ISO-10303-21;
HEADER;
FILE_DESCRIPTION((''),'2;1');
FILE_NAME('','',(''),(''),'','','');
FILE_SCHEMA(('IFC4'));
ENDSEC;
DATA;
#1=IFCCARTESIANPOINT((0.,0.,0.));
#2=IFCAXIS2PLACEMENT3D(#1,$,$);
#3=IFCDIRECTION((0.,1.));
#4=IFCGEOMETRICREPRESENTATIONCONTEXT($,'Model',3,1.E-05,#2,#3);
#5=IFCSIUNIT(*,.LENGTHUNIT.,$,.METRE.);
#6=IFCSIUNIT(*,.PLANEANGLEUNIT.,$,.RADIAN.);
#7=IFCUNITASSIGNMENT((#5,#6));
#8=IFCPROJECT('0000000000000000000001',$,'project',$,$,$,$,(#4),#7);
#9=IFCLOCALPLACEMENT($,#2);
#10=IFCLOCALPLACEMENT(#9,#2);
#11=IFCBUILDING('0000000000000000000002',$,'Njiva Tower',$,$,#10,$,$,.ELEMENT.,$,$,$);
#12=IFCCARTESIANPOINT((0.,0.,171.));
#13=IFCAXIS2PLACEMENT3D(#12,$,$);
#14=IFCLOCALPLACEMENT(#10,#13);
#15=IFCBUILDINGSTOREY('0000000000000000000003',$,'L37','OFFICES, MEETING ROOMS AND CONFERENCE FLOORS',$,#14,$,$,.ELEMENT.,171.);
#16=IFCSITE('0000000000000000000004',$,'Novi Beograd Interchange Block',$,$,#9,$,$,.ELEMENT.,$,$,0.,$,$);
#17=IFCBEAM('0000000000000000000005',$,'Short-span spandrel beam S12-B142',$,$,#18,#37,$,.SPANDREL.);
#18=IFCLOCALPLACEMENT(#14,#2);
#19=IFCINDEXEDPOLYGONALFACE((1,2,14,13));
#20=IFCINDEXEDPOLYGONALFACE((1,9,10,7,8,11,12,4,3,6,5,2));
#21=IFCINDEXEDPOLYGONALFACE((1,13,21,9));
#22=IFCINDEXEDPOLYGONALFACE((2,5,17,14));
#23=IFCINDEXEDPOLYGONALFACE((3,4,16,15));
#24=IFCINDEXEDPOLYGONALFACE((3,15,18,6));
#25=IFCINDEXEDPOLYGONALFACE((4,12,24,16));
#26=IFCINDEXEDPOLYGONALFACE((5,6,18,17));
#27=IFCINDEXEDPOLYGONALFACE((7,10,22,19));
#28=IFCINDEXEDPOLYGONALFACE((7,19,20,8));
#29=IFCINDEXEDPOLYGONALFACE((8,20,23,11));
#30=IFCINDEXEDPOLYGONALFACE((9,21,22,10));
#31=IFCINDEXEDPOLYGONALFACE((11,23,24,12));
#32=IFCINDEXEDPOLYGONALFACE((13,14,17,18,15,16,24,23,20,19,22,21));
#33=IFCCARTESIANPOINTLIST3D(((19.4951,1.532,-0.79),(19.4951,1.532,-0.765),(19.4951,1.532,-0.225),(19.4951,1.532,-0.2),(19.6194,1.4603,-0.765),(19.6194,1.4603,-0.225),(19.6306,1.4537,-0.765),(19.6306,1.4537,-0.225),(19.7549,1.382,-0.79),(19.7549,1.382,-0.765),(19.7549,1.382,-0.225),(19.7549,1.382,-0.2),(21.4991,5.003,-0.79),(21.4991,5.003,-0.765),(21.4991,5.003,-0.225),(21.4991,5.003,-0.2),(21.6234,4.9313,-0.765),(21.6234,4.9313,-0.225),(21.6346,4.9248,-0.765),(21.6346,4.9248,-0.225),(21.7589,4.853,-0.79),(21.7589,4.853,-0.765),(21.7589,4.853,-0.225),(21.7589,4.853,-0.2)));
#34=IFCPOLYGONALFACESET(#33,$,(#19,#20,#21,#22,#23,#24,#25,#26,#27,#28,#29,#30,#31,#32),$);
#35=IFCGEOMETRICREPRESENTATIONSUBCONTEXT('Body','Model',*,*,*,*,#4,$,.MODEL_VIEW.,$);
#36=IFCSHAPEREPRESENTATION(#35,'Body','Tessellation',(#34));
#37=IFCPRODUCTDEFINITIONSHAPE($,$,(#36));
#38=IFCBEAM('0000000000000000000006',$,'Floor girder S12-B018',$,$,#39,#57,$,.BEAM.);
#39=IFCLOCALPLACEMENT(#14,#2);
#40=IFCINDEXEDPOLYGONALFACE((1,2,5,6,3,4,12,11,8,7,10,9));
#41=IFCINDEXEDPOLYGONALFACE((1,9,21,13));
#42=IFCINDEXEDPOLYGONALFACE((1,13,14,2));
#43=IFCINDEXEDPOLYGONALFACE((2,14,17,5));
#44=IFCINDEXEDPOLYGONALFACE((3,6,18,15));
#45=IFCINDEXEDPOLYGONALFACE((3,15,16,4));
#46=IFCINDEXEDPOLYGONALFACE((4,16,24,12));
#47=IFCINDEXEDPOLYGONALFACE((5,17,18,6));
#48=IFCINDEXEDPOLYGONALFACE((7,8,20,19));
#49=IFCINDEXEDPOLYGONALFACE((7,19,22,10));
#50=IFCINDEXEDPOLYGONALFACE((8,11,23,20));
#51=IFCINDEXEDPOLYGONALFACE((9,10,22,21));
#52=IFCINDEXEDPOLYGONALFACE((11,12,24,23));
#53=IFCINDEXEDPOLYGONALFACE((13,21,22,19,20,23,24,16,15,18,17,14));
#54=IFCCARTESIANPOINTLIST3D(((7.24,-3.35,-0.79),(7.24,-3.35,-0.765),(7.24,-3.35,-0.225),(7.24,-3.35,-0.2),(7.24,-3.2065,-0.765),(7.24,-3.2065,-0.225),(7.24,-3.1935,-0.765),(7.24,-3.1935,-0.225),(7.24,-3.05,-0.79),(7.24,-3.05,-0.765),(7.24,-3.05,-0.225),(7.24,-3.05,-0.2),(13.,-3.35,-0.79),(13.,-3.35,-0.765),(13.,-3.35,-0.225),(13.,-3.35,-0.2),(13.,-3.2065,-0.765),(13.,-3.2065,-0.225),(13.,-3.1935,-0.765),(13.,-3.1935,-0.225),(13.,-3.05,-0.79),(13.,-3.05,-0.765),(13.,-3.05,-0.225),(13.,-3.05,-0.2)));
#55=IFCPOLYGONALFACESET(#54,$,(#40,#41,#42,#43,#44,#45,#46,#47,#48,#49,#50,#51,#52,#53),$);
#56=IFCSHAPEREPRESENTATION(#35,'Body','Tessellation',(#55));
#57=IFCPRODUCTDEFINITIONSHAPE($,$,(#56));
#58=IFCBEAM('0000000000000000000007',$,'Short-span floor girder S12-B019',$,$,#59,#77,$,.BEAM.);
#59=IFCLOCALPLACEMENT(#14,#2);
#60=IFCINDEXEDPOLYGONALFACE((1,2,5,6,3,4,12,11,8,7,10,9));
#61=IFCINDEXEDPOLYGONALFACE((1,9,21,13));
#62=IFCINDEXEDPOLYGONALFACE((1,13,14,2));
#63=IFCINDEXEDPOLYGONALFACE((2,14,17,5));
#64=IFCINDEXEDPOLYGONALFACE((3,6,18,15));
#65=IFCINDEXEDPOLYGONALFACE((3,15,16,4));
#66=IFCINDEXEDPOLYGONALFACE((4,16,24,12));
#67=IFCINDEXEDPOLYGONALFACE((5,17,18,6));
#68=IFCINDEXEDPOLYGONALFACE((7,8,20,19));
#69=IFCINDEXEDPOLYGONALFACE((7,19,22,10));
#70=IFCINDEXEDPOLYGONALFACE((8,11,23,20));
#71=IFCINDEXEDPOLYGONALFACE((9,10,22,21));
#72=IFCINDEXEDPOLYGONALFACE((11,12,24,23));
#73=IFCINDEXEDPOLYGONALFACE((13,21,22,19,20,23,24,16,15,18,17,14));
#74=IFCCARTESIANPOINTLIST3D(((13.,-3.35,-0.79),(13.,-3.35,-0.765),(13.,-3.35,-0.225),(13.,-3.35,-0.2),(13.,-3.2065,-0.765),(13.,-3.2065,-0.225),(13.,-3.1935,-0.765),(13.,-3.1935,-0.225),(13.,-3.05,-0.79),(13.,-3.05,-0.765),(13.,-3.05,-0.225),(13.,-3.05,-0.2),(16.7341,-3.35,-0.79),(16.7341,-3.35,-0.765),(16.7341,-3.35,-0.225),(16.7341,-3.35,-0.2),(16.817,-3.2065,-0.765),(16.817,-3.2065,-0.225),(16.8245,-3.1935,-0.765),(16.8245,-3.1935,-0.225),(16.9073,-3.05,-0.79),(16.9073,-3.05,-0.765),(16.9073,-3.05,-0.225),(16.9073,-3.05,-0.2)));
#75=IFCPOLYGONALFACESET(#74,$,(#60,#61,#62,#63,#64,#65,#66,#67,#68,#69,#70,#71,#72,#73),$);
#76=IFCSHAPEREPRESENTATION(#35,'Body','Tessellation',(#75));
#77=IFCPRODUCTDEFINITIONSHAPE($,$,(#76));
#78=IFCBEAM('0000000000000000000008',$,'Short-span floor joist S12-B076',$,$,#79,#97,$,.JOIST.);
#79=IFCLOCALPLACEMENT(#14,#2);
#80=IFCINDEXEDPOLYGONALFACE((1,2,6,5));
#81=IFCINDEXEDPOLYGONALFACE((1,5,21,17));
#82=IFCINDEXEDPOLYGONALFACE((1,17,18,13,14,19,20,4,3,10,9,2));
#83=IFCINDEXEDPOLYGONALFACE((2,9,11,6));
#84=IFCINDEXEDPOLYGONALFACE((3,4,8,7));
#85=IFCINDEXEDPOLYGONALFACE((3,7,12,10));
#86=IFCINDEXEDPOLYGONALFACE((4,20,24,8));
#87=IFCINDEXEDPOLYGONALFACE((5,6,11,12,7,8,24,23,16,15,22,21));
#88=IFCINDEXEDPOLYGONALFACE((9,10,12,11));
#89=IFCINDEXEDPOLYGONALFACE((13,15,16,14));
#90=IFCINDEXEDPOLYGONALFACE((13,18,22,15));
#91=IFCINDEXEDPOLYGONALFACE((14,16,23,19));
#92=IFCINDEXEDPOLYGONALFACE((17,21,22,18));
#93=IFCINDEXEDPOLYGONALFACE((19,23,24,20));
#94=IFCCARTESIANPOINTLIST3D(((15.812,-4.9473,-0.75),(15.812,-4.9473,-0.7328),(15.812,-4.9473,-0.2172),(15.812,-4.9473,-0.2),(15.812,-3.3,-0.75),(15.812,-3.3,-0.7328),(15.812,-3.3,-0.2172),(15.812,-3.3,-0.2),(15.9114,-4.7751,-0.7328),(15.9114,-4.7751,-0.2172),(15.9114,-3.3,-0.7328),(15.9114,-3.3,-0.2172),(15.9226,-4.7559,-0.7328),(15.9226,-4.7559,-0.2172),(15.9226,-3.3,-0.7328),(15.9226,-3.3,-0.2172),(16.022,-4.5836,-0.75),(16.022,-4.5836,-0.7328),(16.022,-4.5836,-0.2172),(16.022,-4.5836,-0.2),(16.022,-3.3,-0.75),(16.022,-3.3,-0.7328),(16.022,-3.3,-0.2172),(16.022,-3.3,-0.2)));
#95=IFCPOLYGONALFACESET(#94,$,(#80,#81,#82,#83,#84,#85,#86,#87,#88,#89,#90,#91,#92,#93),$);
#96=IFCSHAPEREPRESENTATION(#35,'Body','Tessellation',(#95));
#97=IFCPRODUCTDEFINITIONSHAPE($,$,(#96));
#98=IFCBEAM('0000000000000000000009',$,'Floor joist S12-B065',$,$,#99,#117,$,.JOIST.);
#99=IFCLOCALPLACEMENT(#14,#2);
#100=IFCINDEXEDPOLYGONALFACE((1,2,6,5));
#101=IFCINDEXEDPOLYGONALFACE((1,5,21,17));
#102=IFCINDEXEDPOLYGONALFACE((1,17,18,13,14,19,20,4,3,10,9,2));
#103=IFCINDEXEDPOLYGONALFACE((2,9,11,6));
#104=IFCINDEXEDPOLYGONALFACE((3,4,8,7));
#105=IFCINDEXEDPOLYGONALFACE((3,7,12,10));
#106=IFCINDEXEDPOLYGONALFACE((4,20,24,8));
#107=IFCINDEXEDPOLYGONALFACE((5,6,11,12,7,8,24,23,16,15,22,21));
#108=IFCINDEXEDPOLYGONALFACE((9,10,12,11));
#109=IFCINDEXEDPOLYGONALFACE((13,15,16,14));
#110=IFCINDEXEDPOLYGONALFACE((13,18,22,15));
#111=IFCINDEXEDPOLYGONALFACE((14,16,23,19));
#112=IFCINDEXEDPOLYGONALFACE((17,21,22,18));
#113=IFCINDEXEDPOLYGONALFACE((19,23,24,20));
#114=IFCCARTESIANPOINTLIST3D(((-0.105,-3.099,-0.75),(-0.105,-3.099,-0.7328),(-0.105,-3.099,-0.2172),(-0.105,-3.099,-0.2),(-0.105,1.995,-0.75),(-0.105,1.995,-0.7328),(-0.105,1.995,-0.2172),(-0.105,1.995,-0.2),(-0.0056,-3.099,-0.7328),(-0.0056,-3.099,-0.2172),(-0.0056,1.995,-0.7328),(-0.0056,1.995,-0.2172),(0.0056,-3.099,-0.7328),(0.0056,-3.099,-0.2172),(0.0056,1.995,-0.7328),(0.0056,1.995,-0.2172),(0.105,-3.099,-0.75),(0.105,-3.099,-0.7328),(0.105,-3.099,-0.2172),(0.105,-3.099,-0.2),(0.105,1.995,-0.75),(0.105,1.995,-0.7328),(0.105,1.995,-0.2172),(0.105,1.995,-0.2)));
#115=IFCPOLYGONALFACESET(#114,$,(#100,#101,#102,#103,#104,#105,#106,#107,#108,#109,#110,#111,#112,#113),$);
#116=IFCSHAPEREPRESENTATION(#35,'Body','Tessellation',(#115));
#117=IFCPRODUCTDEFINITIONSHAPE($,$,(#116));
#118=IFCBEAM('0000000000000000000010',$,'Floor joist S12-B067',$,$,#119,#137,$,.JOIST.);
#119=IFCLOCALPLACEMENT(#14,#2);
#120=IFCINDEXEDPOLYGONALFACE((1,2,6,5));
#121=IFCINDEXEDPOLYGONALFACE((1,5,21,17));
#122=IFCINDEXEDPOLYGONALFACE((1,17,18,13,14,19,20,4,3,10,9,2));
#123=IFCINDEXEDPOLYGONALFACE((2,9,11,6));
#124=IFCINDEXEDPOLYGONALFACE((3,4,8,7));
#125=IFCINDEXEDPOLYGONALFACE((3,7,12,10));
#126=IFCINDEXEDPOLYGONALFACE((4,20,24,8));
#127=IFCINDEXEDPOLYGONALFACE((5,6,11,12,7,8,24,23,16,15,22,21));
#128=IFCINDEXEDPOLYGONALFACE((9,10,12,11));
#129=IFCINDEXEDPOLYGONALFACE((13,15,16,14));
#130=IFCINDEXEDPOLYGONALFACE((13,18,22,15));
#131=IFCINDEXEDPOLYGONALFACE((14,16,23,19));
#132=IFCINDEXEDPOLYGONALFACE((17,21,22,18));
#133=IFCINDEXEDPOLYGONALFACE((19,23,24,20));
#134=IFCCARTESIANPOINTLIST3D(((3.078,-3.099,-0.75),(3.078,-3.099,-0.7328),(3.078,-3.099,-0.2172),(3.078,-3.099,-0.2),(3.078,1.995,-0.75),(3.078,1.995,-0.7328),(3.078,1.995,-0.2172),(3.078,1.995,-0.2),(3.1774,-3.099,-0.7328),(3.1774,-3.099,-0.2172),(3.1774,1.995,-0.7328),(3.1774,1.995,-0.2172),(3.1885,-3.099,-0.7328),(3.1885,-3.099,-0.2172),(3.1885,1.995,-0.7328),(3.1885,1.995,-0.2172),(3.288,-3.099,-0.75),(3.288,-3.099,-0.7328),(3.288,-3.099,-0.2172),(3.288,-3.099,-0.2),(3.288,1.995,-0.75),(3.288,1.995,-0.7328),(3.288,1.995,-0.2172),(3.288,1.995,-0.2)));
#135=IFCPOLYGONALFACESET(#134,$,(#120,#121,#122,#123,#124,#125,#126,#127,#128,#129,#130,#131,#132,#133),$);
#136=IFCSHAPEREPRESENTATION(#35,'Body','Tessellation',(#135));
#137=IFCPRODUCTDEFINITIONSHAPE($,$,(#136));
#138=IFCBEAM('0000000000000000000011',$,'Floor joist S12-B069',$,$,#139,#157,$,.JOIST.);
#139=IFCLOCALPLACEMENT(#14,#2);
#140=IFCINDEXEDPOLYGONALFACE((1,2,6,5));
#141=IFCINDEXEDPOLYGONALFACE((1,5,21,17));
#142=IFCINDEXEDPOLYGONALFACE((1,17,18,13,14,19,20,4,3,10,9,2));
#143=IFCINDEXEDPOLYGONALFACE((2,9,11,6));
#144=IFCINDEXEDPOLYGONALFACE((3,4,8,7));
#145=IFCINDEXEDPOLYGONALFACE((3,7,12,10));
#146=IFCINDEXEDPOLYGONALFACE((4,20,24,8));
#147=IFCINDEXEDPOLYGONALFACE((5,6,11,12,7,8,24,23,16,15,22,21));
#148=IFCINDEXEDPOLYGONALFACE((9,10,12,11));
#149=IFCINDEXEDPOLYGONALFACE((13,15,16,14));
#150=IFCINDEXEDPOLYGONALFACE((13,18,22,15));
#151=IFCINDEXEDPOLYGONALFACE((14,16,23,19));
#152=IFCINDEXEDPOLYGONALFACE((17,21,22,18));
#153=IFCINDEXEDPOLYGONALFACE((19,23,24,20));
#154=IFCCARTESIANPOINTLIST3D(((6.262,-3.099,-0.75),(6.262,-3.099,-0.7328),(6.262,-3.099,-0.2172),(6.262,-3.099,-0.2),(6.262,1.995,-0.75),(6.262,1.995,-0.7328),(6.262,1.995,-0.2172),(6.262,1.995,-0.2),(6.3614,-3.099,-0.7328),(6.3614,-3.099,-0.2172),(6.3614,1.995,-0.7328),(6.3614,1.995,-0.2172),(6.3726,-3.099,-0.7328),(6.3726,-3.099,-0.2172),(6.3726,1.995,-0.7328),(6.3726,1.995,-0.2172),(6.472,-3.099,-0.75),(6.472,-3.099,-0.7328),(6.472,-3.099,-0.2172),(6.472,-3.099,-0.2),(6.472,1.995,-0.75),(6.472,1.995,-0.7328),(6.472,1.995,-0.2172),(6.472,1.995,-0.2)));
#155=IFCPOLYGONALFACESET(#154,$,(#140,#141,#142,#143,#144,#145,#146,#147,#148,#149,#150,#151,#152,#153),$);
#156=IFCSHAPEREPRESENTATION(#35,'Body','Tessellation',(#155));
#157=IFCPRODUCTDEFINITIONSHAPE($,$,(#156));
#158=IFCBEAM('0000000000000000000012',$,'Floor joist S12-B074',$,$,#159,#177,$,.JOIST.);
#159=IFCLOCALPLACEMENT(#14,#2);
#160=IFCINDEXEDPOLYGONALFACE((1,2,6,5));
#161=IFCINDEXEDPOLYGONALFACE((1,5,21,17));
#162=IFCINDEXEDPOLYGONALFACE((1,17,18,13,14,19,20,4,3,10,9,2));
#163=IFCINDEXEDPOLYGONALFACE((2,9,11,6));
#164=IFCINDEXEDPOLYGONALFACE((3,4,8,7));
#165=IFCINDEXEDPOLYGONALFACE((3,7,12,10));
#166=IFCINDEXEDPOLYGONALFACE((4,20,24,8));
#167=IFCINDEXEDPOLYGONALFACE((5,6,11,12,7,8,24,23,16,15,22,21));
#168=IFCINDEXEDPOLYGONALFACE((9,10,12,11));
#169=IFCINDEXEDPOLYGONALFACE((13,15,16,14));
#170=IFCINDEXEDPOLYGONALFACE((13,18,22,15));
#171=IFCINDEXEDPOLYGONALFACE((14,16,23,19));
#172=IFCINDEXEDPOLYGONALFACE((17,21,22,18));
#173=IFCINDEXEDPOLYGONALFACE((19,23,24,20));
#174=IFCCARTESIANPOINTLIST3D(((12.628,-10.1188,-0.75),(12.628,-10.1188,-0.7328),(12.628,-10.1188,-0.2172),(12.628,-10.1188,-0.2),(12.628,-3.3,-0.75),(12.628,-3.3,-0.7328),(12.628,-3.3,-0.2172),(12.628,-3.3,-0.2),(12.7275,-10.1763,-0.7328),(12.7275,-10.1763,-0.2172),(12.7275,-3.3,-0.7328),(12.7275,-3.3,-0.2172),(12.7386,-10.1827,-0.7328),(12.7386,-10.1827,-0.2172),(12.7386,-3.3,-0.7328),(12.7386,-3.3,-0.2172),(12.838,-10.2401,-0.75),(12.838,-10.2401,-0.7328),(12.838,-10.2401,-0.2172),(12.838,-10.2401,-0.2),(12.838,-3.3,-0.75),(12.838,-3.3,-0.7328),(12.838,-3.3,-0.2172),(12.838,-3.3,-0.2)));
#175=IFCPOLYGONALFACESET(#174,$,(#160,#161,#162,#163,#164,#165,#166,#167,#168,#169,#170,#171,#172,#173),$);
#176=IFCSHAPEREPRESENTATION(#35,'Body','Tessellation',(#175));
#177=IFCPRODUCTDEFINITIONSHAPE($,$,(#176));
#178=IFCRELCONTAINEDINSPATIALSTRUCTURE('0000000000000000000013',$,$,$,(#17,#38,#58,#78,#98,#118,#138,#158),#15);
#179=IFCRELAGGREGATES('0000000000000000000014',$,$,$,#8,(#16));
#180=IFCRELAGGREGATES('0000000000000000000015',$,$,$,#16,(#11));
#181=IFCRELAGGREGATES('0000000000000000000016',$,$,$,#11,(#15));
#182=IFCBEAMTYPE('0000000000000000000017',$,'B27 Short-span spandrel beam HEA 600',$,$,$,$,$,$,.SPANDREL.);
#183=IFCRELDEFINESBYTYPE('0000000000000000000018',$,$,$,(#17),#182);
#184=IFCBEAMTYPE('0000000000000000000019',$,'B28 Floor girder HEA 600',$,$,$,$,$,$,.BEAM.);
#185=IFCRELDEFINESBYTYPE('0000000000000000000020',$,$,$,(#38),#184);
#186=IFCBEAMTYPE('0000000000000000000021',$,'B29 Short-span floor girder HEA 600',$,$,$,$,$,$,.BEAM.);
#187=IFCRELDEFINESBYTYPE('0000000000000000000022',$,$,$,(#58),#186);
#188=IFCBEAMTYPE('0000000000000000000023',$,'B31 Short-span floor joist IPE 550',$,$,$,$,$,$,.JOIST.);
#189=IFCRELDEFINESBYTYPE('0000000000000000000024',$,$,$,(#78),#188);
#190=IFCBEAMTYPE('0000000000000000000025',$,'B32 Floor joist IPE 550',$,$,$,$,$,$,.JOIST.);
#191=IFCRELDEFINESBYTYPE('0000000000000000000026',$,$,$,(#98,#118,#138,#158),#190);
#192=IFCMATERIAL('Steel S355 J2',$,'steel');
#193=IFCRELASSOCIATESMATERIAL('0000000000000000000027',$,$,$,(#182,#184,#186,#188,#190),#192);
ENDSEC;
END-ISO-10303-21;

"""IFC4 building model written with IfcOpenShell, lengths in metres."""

from ifc_helpers import new_model, si_unit, direction, frame, origin, origin_2d, place, context, subcontext, project, spatial, i_section, extrude, clip, halfspace, material, material_profile, profile_set, type_object, element, save


model = new_model("IFC4")

# Units and contexts
model_context = context("Model", 3, precision=1e-05, world=origin(), true_north=direction((0.0, 1.0)))
body_context = subcontext(model_context, "Body", "Model", "MODEL_VIEW")
ifc_project = project(units=[si_unit("LENGTHUNIT", "METRE"), si_unit("PLANEANGLEUNIT", "RADIAN")], contexts=[model_context])

# Site, building, storey
site_placement = place(None, origin())
site = spatial("IfcSite", under=ifc_project, at=site_placement, Name="Novi Beograd Interchange Block", CompositionType="ELEMENT", RefElevation=0.0)
building_placement = place(site_placement, origin())
building = spatial("IfcBuilding", under=site, at=building_placement, Name="Njiva Tower", CompositionType="ELEMENT")
storey_placement = place(building_placement, frame((0.0, 0.0, 171.0)))
storey = spatial("IfcBuildingStorey", under=building, at=storey_placement, Name="L37", Description="OFFICES, MEETING ROOMS AND CONFERENCE FLOORS", CompositionType="ELEMENT", Elevation=171.0)

# Shared definitions
ifc_material_1 = material(Name="Steel S355 J2", Category="steel")

# Beams
ifc_material_profile_1 = material_profile(ifc_material_1, i_section(OverallWidth=0.3, OverallDepth=0.59, WebThickness=0.013, FlangeThickness=0.025, at=origin_2d()), Name="HEA 600")
ifc_profile_set_1 = profile_set([ifc_material_profile_1], Name="Steel S355 J2")
beam_type_1 = type_object("IfcBeamType", Name="B27 Short-span spandrel beam HEA 600", PredefinedType="SPANDREL", material=ifc_profile_set_1)
for number, where, z_axis, x_axis, name in (
    (1, (19.625, 1.457, -0.495), (0.500003, 0.866024, 0.0), (-0.866024, 0.500003, 0.0), "Short-span spandrel beam S12-B142"),
):
    element("IfcBeam", number, at=place(storey_placement, frame(where, z_axis=z_axis, x_axis=x_axis)), inside=storey, type_object=beam_type_1, Name=name, PredefinedType="SPANDREL", context=body_context, shape_type="SweptSolid", body=[
        extrude(i_section(OverallWidth=0.3, OverallDepth=0.59, WebThickness=0.013, FlangeThickness=0.025, at=origin_2d()), origin(), (0.0, 0.0, 1.0), 4.008),
    ])
ifc_material_profile_2 = material_profile(ifc_material_1, i_section(OverallWidth=0.3, OverallDepth=0.59, WebThickness=0.013, FlangeThickness=0.025, at=origin_2d()), Name="HEA 600")
ifc_profile_set_2 = profile_set([ifc_material_profile_2], Name="Steel S355 J2")
beam_type_2 = type_object("IfcBeamType", Name="B28 Floor girder HEA 600", PredefinedType="BEAM", material=ifc_profile_set_2)
beam_1_placement = place(storey_placement, frame((7.24, -3.2, -0.495), z_axis=(1.0, 0.0, 0.0), x_axis=(0.0, 1.0, 0.0)))
element("IfcBeam", 2, at=beam_1_placement, inside=storey, type_object=beam_type_2, Name="Floor girder S12-B018", PredefinedType="BEAM", context=body_context, shape_type="SweptSolid", body=[
    extrude(i_section(OverallWidth=0.3, OverallDepth=0.59, WebThickness=0.013, FlangeThickness=0.025, at=origin_2d()), origin(), (0.0, 0.0, 1.0), 5.76),
])
ifc_material_profile_3 = material_profile(ifc_material_1, i_section(OverallWidth=0.3, OverallDepth=0.59, WebThickness=0.013, FlangeThickness=0.025, at=origin_2d()), Name="HEA 600")
ifc_profile_set_3 = profile_set([ifc_material_profile_3], Name="Steel S355 J2")
beam_type_3 = type_object("IfcBeamType", Name="B29 Short-span floor girder HEA 600", PredefinedType="BEAM", material=ifc_profile_set_3)
beam_2_placement = place(storey_placement, frame((13.0, -3.2, -0.495), z_axis=(1.0, 0.0, 0.0), x_axis=(0.0, 1.0, 0.0)))
element("IfcBeam", 3, at=beam_2_placement, inside=storey, type_object=beam_type_3, Name="Short-span floor girder S12-B019", PredefinedType="BEAM", context=body_context, shape_type="Clipping", body=[
    clip(extrude(i_section(OverallWidth=0.3, OverallDepth=0.59, WebThickness=0.013, FlangeThickness=0.025, at=origin_2d()), origin(), (0.0, 0.0, 1.0), 3.928), halfspace(frame((-0.025, 0.0, 3.8063), z_axis=(-0.499998, 0.0, 0.866027), x_axis=(0.0, 1.0, 0.0)), False)),
])
ifc_material_profile_4 = material_profile(ifc_material_1, i_section(OverallWidth=0.21, OverallDepth=0.55, WebThickness=0.0111, FlangeThickness=0.0172, at=origin_2d()), Name="IPE 550")
ifc_profile_set_4 = profile_set([ifc_material_profile_4], Name="Steel S355 J2")
beam_type_4 = type_object("IfcBeamType", Name="B31 Short-span floor joist IPE 550", PredefinedType="JOIST", material=ifc_profile_set_4)
beam_3_placement = place(storey_placement, frame((15.917, -3.3, -0.475), z_axis=(0.0, -1.0, 0.0), x_axis=(1.0, 0.0, 0.0)))
element("IfcBeam", 4, at=beam_3_placement, inside=storey, type_object=beam_type_4, Name="Short-span floor joist S12-B076", PredefinedType="JOIST", context=body_context, shape_type="Clipping", body=[
    clip(extrude(i_section(OverallWidth=0.21, OverallDepth=0.55, WebThickness=0.0111, FlangeThickness=0.0172, at=origin_2d()), origin(), (0.0, 0.0, 1.0), 1.668), halfspace(frame((0.043, 0.0, 1.391), z_axis=(0.866027, 0.0, 0.499998), x_axis=(0.0, 1.0, 0.0)), False)),
])
ifc_material_profile_5 = material_profile(ifc_material_1, i_section(OverallWidth=0.21, OverallDepth=0.55, WebThickness=0.0111, FlangeThickness=0.0172, at=origin_2d()), Name="IPE 550")
ifc_profile_set_5 = profile_set([ifc_material_profile_5], Name="Steel S355 J2")
beam_type_5 = type_object("IfcBeamType", Name="B32 Floor joist IPE 550", PredefinedType="JOIST", material=ifc_profile_set_5)
for number, where, z_axis, x_axis, name in (
    (5, (0.0, 1.995, -0.475), (0.0, -1.0, 0.0), (1.0, 0.0, 0.0), "Floor joist S12-B065"),
    (6, (3.183, 1.995, -0.475), (0.0, -1.0, 0.0), (1.0, 0.0, 0.0), "Floor joist S12-B067"),
    (7, (6.367, 1.995, -0.475), (0.0, -1.0, 0.0), (1.0, 0.0, 0.0), "Floor joist S12-B069"),
):
    element("IfcBeam", number, at=place(storey_placement, frame(where, z_axis=z_axis, x_axis=x_axis)), inside=storey, type_object=beam_type_5, Name=name, PredefinedType="JOIST", context=body_context, shape_type="SweptSolid", body=[
        extrude(i_section(OverallWidth=0.21, OverallDepth=0.55, WebThickness=0.0111, FlangeThickness=0.0172, at=origin_2d()), origin(), (0.0, 0.0, 1.0), 5.094),
    ])
beam_4_placement = place(storey_placement, frame((12.733, -3.3, -0.475), z_axis=(0.0, -1.0, 0.0), x_axis=(1.0, 0.0, 0.0)))
element("IfcBeam", 8, at=beam_4_placement, inside=storey, type_object=beam_type_5, Name="Floor joist S12-B074", PredefinedType="JOIST", context=body_context, shape_type="Clipping", body=[
    clip(extrude(i_section(OverallWidth=0.21, OverallDepth=0.55, WebThickness=0.0111, FlangeThickness=0.0172, at=origin_2d()), origin(), (0.0, 0.0, 1.0), 6.961), halfspace(frame((-0.0247, 0.0, 6.8652), z_axis=(-0.499998, 0.0, 0.866027), x_axis=(0.0, 1.0, 0.0)), False)),
])

save(model, "model.ifc")
